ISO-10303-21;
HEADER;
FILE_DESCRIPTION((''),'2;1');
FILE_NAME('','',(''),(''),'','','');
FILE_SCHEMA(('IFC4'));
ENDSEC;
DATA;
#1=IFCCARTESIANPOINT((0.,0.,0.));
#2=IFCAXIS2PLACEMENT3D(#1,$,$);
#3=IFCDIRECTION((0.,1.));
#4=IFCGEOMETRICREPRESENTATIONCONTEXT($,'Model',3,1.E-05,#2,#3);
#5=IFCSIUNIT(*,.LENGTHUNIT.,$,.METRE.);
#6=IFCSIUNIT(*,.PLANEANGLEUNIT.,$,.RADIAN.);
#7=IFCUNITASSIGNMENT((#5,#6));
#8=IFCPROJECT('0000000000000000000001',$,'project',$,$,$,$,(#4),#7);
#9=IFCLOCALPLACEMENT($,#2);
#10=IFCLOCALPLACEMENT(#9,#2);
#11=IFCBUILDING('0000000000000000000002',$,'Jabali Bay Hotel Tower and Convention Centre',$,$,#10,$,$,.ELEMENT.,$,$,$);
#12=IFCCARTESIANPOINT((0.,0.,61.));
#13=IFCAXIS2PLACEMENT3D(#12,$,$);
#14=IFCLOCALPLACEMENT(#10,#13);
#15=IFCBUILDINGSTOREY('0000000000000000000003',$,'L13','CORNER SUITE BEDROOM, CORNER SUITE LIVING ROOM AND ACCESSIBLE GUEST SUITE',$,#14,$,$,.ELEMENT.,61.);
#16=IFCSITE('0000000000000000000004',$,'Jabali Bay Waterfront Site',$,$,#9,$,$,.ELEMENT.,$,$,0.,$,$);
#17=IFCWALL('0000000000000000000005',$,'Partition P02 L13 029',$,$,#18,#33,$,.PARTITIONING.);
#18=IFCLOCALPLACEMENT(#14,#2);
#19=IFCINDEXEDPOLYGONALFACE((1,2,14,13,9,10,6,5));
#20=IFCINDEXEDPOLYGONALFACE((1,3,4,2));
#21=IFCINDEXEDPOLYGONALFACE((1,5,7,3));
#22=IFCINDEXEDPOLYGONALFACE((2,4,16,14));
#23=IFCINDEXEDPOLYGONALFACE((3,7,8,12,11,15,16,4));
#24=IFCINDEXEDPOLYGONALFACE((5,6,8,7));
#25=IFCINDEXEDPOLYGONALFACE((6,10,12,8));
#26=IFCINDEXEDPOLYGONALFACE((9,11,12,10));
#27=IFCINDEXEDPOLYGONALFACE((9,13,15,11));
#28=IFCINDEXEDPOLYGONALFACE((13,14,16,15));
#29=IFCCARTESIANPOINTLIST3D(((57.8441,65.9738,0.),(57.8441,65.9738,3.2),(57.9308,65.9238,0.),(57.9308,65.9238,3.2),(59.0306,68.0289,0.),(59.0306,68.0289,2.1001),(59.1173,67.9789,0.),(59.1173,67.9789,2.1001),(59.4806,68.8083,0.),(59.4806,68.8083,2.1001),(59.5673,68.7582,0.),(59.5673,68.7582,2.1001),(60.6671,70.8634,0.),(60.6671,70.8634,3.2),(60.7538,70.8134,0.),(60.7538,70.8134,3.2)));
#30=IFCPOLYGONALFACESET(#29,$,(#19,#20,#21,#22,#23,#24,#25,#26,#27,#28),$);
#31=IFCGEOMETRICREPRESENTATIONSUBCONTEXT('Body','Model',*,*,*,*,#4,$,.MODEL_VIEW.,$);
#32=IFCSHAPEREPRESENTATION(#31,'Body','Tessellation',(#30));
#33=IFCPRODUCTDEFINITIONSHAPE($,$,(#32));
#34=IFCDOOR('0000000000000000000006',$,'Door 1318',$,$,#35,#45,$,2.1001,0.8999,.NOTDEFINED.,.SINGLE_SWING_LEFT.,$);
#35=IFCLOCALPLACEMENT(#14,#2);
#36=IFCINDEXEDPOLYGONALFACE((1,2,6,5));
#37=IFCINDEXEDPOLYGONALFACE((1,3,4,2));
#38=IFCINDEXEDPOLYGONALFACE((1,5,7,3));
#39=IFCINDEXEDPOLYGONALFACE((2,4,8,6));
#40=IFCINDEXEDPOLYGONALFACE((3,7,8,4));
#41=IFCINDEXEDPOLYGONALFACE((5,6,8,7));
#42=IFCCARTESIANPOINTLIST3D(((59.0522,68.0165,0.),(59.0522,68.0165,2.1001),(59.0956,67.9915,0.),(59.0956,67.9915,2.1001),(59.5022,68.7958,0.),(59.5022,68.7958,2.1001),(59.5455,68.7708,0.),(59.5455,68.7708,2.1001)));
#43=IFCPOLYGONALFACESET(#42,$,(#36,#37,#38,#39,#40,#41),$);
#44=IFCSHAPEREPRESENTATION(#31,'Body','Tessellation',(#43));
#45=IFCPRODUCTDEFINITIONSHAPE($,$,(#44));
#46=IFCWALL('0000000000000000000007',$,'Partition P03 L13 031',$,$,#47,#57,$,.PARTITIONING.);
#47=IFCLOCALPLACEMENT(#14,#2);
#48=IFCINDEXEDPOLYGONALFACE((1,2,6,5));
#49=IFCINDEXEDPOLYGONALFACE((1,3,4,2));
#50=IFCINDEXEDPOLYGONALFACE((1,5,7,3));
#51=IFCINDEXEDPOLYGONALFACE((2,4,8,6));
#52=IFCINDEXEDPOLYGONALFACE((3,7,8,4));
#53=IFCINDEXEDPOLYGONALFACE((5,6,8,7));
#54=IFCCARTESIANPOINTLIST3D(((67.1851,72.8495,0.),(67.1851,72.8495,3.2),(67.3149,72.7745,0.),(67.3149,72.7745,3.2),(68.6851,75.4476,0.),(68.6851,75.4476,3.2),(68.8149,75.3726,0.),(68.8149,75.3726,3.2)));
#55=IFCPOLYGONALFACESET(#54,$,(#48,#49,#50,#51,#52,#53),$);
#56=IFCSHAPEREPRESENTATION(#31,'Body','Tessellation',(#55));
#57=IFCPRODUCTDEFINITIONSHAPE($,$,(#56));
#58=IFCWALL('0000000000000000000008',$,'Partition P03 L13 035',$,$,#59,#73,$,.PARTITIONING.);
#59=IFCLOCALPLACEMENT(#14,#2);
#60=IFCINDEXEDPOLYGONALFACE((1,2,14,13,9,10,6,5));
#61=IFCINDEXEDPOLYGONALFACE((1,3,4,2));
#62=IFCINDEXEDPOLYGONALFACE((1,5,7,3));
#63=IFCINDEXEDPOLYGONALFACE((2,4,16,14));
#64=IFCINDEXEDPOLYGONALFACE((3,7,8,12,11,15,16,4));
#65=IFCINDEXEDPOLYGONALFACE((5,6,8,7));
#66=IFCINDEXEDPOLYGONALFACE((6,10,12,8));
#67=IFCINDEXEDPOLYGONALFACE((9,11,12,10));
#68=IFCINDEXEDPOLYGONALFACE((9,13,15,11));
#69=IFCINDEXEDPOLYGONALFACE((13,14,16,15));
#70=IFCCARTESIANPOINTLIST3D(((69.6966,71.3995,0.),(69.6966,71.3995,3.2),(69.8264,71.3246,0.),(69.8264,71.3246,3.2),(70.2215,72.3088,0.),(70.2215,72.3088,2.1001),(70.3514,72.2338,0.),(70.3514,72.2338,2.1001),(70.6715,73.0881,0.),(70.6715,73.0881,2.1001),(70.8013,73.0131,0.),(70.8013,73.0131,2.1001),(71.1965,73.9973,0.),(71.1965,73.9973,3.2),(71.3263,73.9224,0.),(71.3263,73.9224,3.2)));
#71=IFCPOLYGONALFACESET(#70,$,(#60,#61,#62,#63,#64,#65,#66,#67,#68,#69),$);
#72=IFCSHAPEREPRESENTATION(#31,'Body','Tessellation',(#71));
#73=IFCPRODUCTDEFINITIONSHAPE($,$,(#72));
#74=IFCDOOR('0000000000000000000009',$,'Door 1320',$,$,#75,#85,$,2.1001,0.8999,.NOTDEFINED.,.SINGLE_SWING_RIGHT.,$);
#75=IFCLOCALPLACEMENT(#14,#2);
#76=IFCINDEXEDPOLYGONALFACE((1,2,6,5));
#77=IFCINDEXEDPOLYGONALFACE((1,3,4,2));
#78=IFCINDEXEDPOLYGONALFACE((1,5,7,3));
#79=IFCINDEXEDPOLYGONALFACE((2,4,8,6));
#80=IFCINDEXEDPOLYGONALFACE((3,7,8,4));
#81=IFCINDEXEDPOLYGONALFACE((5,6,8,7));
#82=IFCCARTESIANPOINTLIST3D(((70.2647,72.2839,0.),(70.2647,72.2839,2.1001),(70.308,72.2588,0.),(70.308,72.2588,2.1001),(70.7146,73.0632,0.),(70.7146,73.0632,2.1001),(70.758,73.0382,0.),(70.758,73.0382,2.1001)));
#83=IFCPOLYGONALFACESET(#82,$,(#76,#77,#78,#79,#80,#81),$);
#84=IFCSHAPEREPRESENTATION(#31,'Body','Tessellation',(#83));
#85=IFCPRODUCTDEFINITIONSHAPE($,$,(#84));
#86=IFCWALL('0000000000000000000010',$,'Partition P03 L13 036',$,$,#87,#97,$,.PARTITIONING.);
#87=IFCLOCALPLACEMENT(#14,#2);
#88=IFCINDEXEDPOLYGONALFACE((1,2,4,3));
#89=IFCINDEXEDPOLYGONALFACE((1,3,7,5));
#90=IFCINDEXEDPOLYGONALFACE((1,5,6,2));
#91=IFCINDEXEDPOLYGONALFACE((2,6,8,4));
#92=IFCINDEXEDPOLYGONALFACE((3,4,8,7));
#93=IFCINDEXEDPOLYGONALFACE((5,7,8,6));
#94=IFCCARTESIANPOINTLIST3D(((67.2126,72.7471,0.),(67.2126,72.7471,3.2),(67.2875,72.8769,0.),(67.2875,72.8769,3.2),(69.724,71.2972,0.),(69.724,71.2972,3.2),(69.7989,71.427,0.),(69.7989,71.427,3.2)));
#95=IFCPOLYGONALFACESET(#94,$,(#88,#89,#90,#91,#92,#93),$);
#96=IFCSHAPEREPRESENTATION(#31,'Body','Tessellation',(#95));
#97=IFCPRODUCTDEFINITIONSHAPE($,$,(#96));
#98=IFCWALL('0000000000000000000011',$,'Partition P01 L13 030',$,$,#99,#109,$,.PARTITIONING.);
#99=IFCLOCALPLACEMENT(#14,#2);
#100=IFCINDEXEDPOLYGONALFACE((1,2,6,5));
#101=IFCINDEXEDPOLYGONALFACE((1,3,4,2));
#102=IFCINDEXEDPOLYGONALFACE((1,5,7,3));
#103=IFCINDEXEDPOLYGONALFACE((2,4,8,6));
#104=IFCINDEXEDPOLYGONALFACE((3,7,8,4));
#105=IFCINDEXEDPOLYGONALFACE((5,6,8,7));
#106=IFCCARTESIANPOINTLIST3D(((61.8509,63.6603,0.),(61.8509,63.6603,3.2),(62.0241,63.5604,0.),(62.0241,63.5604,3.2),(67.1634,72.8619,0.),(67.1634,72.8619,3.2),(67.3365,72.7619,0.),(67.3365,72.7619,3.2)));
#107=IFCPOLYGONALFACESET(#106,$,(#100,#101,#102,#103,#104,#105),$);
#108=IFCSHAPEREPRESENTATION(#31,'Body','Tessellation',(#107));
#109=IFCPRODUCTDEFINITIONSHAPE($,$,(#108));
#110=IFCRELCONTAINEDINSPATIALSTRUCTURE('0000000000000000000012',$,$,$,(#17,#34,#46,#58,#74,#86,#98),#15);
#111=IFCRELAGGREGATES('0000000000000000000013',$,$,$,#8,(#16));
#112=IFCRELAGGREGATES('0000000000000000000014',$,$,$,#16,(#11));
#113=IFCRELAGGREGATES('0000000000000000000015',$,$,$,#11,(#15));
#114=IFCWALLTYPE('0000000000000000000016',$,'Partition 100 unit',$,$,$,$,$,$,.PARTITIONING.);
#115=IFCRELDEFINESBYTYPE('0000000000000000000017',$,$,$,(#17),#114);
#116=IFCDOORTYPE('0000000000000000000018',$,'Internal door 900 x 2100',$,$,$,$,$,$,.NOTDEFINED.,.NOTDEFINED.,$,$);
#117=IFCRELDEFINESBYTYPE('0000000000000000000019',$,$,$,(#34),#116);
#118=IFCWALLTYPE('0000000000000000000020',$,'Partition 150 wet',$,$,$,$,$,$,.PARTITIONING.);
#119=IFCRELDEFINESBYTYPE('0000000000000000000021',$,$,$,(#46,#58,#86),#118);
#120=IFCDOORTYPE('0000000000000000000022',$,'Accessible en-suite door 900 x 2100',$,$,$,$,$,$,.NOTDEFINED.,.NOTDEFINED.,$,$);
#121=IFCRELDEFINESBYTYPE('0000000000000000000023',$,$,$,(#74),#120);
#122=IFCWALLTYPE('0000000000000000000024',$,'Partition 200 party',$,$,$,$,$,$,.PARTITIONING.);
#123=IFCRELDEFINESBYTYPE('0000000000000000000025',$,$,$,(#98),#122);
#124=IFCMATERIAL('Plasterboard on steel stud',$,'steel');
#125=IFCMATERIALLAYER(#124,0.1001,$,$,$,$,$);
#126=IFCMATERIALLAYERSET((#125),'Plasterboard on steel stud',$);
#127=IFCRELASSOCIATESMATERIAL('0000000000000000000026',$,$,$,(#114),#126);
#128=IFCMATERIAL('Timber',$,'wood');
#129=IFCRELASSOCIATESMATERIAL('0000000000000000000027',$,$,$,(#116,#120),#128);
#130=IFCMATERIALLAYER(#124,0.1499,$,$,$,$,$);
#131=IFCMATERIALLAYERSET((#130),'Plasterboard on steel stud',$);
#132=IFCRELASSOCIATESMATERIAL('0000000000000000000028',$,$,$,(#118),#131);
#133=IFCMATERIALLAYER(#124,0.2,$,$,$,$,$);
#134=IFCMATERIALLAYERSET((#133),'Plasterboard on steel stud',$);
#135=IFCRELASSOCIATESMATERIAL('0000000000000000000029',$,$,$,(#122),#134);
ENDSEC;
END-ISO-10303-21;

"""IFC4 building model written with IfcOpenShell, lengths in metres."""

from ifc_helpers import new_model, si_unit, direction, frame, frame_2d, origin, place, context, subcontext, project, spatial, rectangle, extrude, material, layer, layer_set, type_object, element, fill, save


model = new_model("IFC4")

# Units and contexts
model_context = context("Model", 3, precision=1e-05, world=origin(), true_north=direction((0.0, 1.0)))
body_context = subcontext(model_context, "Body", "Model", "MODEL_VIEW")
ifc_project = project(units=[si_unit("LENGTHUNIT", "METRE"), si_unit("PLANEANGLEUNIT", "RADIAN")], contexts=[model_context])

# Site, building, storey
site_placement = place(None, origin())
site = spatial("IfcSite", under=ifc_project, at=site_placement, Name="Jabali Bay Waterfront Site", CompositionType="ELEMENT", RefElevation=0.0)
building_placement = place(site_placement, origin())
building = spatial("IfcBuilding", under=site, at=building_placement, Name="Jabali Bay Hotel Tower and Convention Centre", CompositionType="ELEMENT")
storey_placement = place(building_placement, frame((0.0, 0.0, 61.0)))
storey = spatial("IfcBuildingStorey", under=building, at=storey_placement, Name="L13", Description="CORNER SUITE BEDROOM, CORNER SUITE LIVING ROOM AND ACCESSIBLE GUEST SUITE", CompositionType="ELEMENT", Elevation=61.0)

# Shared definitions
ifc_material_1 = material(Name="Timber", Category="wood")

# Wall, opening, door
ifc_material_2 = material(Name="Plasterboard on steel stud", Category="steel")
ifc_layer_1 = layer(ifc_material_2, 0.1001)
ifc_layer_set_1 = layer_set([ifc_layer_1], Name="Plasterboard on steel stud")
wall_type_1 = type_object("IfcWallType", Name="Partition 100 unit", PredefinedType="PARTITIONING", material=ifc_layer_set_1)
wall_1_placement = place(storey_placement, frame((60.7104, 70.8384, 0.0), z_axis=(0.0, 0.0, 1.0), x_axis=(-0.499994, -0.866029, 0.0)))
wall_1 = element("IfcWall", 1, at=wall_1_placement, inside=storey, type_object=wall_type_1, Name="Partition P02 L13 029", PredefinedType="PARTITIONING", context=body_context, shape_type="SweptSolid", body=[
    extrude(rectangle(XDim=5.646, YDim=0.1001, at=frame_2d((2.823, 0.0))), origin(), (0.0, 0.0, 1.0), 3.2),
])
opening_1_placement = place(wall_1_placement, frame((2.373, 0.0, 0.0)))
opening_1 = element("IfcOpeningElement", 2, at=opening_1_placement, cuts=wall_1, PredefinedType="OPENING", context=body_context, shape_type="SweptSolid", body=[
    extrude(rectangle(XDim=0.8999, YDim=2.1001, at=frame_2d((0.45, 1.05))), frame((0.0, 0.0605, 0.0), z_axis=(0.0, -1.0, 0.0), x_axis=(1.0, 0.0, 0.0)), (0.0, 0.0, 1.0), 0.1211),
])
door_type_1 = type_object("IfcDoorType", Name="Internal door 900 x 2100", OperationType="NOTDEFINED", PredefinedType="NOTDEFINED", material=ifc_material_1)
door_1_placement = place(opening_1_placement, origin())
door_1 = element("IfcDoor", 3, at=door_1_placement, inside=storey, type_object=door_type_1, Name="Door 1318", OperationType="SINGLE_SWING_LEFT", OverallHeight=2.1001, OverallWidth=0.8999, PredefinedType="NOTDEFINED", context=body_context, shape_type="SweptSolid", body=[
    extrude(rectangle(XDim=0.8999, YDim=2.1001, at=frame_2d((0.45, 1.05))), frame((0.0, 0.0249, 0.0), z_axis=(0.0, -1.0, 0.0), x_axis=(1.0, 0.0, 0.0)), (0.0, 0.0, 1.0), 0.05),
])
fill(opening_1, door_1)

# Wall
ifc_layer_2 = layer(ifc_material_2, 0.1499)
ifc_layer_set_2 = layer_set([ifc_layer_2], Name="Plasterboard on steel stud")
wall_type_2 = type_object("IfcWallType", Name="Partition 150 wet", PredefinedType="PARTITIONING", material=ifc_layer_set_2)
wall_2_placement = place(storey_placement, frame((67.25, 72.812, 0.0), z_axis=(0.0, 0.0, 1.0), x_axis=(0.49999, 0.866031, 0.0)))
element("IfcWall", 4, at=wall_2_placement, inside=storey, type_object=wall_type_2, Name="Partition P03 L13 031", PredefinedType="PARTITIONING", context=body_context, shape_type="SweptSolid", body=[
    extrude(rectangle(XDim=3.0, YDim=0.1499, at=frame_2d((1.5, 0.0))), origin(), (0.0, 0.0, 1.0), 3.2),
])

# Wall, opening, door
wall_3_placement = place(storey_placement, frame((71.2615, 73.96, 0.0), z_axis=(0.0, 0.0, 1.0), x_axis=(-0.500025, -0.866011, 0.0)))
wall_3 = element("IfcWall", 5, at=wall_3_placement, inside=storey, type_object=wall_type_2, Name="Partition P03 L13 035", PredefinedType="PARTITIONING", context=body_context, shape_type="SweptSolid", body=[
    extrude(rectangle(XDim=2.9998, YDim=0.1499, at=frame_2d((1.5, 0.0))), origin(), (0.0, 0.0, 1.0), 3.2),
])
opening_2_placement = place(wall_3_placement, frame((1.05, 0.0, 0.0)))
opening_2 = element("IfcOpeningElement", 6, at=opening_2_placement, cuts=wall_3, PredefinedType="OPENING", context=body_context, shape_type="SweptSolid", body=[
    extrude(rectangle(XDim=0.8999, YDim=2.1001, at=frame_2d((0.45, 1.05))), frame((0.0, 0.0854, 0.0), z_axis=(0.0, -1.0, 0.0), x_axis=(1.0, 0.0, 0.0)), (0.0, 0.0, 1.0), 0.1709),
])
door_type_2 = type_object("IfcDoorType", Name="Accessible en-suite door 900 x 2100", OperationType="NOTDEFINED", PredefinedType="NOTDEFINED", material=ifc_material_1)
door_2_placement = place(opening_2_placement, origin())
door_2 = element("IfcDoor", 7, at=door_2_placement, inside=storey, type_object=door_type_2, Name="Door 1320", OperationType="SINGLE_SWING_RIGHT", OverallHeight=2.1001, OverallWidth=0.8999, PredefinedType="NOTDEFINED", context=body_context, shape_type="SweptSolid", body=[
    extrude(rectangle(XDim=0.8999, YDim=2.1001, at=frame_2d((0.45, 1.05))), frame((0.0, 0.0249, 0.0), z_axis=(0.0, -1.0, 0.0), x_axis=(1.0, 0.0, 0.0)), (0.0, 0.0, 1.0), 0.05),
])
fill(opening_2, door_2)

# Walls
wall_4_placement = place(storey_placement, frame((69.7615, 71.3621, 0.0), z_axis=(0.0, 0.0, 1.0), x_axis=(-0.866033, 0.499987, 0.0)))
element("IfcWall", 8, at=wall_4_placement, inside=storey, type_object=wall_type_2, Name="Partition P03 L13 036", PredefinedType="PARTITIONING", context=body_context, shape_type="SweptSolid", body=[
    extrude(rectangle(XDim=2.8999, YDim=0.1499, at=frame_2d((1.45, 0.0))), origin(), (0.0, 0.0, 1.0), 3.2),
])
ifc_layer_3 = layer(ifc_material_2, 0.2)
ifc_layer_set_3 = layer_set([ifc_layer_3], Name="Plasterboard on steel stud")
wall_type_3 = type_object("IfcWallType", Name="Partition 200 party", PredefinedType="PARTITIONING", material=ifc_layer_set_3)
wall_5_placement = place(storey_placement, frame((61.9375, 63.6104, 0.0), z_axis=(0.0, 0.0, 1.0), x_axis=(0.499994, 0.866029, 0.0)))
element("IfcWall", 9, at=wall_5_placement, inside=storey, type_object=wall_type_3, Name="Partition P01 L13 030", PredefinedType="PARTITIONING", context=body_context, shape_type="SweptSolid", body=[
    extrude(rectangle(XDim=10.625, YDim=0.2, at=frame_2d((5.3125, 0.0))), origin(), (0.0, 0.0, 1.0), 3.2),
])

save(model, "model.ifc")
